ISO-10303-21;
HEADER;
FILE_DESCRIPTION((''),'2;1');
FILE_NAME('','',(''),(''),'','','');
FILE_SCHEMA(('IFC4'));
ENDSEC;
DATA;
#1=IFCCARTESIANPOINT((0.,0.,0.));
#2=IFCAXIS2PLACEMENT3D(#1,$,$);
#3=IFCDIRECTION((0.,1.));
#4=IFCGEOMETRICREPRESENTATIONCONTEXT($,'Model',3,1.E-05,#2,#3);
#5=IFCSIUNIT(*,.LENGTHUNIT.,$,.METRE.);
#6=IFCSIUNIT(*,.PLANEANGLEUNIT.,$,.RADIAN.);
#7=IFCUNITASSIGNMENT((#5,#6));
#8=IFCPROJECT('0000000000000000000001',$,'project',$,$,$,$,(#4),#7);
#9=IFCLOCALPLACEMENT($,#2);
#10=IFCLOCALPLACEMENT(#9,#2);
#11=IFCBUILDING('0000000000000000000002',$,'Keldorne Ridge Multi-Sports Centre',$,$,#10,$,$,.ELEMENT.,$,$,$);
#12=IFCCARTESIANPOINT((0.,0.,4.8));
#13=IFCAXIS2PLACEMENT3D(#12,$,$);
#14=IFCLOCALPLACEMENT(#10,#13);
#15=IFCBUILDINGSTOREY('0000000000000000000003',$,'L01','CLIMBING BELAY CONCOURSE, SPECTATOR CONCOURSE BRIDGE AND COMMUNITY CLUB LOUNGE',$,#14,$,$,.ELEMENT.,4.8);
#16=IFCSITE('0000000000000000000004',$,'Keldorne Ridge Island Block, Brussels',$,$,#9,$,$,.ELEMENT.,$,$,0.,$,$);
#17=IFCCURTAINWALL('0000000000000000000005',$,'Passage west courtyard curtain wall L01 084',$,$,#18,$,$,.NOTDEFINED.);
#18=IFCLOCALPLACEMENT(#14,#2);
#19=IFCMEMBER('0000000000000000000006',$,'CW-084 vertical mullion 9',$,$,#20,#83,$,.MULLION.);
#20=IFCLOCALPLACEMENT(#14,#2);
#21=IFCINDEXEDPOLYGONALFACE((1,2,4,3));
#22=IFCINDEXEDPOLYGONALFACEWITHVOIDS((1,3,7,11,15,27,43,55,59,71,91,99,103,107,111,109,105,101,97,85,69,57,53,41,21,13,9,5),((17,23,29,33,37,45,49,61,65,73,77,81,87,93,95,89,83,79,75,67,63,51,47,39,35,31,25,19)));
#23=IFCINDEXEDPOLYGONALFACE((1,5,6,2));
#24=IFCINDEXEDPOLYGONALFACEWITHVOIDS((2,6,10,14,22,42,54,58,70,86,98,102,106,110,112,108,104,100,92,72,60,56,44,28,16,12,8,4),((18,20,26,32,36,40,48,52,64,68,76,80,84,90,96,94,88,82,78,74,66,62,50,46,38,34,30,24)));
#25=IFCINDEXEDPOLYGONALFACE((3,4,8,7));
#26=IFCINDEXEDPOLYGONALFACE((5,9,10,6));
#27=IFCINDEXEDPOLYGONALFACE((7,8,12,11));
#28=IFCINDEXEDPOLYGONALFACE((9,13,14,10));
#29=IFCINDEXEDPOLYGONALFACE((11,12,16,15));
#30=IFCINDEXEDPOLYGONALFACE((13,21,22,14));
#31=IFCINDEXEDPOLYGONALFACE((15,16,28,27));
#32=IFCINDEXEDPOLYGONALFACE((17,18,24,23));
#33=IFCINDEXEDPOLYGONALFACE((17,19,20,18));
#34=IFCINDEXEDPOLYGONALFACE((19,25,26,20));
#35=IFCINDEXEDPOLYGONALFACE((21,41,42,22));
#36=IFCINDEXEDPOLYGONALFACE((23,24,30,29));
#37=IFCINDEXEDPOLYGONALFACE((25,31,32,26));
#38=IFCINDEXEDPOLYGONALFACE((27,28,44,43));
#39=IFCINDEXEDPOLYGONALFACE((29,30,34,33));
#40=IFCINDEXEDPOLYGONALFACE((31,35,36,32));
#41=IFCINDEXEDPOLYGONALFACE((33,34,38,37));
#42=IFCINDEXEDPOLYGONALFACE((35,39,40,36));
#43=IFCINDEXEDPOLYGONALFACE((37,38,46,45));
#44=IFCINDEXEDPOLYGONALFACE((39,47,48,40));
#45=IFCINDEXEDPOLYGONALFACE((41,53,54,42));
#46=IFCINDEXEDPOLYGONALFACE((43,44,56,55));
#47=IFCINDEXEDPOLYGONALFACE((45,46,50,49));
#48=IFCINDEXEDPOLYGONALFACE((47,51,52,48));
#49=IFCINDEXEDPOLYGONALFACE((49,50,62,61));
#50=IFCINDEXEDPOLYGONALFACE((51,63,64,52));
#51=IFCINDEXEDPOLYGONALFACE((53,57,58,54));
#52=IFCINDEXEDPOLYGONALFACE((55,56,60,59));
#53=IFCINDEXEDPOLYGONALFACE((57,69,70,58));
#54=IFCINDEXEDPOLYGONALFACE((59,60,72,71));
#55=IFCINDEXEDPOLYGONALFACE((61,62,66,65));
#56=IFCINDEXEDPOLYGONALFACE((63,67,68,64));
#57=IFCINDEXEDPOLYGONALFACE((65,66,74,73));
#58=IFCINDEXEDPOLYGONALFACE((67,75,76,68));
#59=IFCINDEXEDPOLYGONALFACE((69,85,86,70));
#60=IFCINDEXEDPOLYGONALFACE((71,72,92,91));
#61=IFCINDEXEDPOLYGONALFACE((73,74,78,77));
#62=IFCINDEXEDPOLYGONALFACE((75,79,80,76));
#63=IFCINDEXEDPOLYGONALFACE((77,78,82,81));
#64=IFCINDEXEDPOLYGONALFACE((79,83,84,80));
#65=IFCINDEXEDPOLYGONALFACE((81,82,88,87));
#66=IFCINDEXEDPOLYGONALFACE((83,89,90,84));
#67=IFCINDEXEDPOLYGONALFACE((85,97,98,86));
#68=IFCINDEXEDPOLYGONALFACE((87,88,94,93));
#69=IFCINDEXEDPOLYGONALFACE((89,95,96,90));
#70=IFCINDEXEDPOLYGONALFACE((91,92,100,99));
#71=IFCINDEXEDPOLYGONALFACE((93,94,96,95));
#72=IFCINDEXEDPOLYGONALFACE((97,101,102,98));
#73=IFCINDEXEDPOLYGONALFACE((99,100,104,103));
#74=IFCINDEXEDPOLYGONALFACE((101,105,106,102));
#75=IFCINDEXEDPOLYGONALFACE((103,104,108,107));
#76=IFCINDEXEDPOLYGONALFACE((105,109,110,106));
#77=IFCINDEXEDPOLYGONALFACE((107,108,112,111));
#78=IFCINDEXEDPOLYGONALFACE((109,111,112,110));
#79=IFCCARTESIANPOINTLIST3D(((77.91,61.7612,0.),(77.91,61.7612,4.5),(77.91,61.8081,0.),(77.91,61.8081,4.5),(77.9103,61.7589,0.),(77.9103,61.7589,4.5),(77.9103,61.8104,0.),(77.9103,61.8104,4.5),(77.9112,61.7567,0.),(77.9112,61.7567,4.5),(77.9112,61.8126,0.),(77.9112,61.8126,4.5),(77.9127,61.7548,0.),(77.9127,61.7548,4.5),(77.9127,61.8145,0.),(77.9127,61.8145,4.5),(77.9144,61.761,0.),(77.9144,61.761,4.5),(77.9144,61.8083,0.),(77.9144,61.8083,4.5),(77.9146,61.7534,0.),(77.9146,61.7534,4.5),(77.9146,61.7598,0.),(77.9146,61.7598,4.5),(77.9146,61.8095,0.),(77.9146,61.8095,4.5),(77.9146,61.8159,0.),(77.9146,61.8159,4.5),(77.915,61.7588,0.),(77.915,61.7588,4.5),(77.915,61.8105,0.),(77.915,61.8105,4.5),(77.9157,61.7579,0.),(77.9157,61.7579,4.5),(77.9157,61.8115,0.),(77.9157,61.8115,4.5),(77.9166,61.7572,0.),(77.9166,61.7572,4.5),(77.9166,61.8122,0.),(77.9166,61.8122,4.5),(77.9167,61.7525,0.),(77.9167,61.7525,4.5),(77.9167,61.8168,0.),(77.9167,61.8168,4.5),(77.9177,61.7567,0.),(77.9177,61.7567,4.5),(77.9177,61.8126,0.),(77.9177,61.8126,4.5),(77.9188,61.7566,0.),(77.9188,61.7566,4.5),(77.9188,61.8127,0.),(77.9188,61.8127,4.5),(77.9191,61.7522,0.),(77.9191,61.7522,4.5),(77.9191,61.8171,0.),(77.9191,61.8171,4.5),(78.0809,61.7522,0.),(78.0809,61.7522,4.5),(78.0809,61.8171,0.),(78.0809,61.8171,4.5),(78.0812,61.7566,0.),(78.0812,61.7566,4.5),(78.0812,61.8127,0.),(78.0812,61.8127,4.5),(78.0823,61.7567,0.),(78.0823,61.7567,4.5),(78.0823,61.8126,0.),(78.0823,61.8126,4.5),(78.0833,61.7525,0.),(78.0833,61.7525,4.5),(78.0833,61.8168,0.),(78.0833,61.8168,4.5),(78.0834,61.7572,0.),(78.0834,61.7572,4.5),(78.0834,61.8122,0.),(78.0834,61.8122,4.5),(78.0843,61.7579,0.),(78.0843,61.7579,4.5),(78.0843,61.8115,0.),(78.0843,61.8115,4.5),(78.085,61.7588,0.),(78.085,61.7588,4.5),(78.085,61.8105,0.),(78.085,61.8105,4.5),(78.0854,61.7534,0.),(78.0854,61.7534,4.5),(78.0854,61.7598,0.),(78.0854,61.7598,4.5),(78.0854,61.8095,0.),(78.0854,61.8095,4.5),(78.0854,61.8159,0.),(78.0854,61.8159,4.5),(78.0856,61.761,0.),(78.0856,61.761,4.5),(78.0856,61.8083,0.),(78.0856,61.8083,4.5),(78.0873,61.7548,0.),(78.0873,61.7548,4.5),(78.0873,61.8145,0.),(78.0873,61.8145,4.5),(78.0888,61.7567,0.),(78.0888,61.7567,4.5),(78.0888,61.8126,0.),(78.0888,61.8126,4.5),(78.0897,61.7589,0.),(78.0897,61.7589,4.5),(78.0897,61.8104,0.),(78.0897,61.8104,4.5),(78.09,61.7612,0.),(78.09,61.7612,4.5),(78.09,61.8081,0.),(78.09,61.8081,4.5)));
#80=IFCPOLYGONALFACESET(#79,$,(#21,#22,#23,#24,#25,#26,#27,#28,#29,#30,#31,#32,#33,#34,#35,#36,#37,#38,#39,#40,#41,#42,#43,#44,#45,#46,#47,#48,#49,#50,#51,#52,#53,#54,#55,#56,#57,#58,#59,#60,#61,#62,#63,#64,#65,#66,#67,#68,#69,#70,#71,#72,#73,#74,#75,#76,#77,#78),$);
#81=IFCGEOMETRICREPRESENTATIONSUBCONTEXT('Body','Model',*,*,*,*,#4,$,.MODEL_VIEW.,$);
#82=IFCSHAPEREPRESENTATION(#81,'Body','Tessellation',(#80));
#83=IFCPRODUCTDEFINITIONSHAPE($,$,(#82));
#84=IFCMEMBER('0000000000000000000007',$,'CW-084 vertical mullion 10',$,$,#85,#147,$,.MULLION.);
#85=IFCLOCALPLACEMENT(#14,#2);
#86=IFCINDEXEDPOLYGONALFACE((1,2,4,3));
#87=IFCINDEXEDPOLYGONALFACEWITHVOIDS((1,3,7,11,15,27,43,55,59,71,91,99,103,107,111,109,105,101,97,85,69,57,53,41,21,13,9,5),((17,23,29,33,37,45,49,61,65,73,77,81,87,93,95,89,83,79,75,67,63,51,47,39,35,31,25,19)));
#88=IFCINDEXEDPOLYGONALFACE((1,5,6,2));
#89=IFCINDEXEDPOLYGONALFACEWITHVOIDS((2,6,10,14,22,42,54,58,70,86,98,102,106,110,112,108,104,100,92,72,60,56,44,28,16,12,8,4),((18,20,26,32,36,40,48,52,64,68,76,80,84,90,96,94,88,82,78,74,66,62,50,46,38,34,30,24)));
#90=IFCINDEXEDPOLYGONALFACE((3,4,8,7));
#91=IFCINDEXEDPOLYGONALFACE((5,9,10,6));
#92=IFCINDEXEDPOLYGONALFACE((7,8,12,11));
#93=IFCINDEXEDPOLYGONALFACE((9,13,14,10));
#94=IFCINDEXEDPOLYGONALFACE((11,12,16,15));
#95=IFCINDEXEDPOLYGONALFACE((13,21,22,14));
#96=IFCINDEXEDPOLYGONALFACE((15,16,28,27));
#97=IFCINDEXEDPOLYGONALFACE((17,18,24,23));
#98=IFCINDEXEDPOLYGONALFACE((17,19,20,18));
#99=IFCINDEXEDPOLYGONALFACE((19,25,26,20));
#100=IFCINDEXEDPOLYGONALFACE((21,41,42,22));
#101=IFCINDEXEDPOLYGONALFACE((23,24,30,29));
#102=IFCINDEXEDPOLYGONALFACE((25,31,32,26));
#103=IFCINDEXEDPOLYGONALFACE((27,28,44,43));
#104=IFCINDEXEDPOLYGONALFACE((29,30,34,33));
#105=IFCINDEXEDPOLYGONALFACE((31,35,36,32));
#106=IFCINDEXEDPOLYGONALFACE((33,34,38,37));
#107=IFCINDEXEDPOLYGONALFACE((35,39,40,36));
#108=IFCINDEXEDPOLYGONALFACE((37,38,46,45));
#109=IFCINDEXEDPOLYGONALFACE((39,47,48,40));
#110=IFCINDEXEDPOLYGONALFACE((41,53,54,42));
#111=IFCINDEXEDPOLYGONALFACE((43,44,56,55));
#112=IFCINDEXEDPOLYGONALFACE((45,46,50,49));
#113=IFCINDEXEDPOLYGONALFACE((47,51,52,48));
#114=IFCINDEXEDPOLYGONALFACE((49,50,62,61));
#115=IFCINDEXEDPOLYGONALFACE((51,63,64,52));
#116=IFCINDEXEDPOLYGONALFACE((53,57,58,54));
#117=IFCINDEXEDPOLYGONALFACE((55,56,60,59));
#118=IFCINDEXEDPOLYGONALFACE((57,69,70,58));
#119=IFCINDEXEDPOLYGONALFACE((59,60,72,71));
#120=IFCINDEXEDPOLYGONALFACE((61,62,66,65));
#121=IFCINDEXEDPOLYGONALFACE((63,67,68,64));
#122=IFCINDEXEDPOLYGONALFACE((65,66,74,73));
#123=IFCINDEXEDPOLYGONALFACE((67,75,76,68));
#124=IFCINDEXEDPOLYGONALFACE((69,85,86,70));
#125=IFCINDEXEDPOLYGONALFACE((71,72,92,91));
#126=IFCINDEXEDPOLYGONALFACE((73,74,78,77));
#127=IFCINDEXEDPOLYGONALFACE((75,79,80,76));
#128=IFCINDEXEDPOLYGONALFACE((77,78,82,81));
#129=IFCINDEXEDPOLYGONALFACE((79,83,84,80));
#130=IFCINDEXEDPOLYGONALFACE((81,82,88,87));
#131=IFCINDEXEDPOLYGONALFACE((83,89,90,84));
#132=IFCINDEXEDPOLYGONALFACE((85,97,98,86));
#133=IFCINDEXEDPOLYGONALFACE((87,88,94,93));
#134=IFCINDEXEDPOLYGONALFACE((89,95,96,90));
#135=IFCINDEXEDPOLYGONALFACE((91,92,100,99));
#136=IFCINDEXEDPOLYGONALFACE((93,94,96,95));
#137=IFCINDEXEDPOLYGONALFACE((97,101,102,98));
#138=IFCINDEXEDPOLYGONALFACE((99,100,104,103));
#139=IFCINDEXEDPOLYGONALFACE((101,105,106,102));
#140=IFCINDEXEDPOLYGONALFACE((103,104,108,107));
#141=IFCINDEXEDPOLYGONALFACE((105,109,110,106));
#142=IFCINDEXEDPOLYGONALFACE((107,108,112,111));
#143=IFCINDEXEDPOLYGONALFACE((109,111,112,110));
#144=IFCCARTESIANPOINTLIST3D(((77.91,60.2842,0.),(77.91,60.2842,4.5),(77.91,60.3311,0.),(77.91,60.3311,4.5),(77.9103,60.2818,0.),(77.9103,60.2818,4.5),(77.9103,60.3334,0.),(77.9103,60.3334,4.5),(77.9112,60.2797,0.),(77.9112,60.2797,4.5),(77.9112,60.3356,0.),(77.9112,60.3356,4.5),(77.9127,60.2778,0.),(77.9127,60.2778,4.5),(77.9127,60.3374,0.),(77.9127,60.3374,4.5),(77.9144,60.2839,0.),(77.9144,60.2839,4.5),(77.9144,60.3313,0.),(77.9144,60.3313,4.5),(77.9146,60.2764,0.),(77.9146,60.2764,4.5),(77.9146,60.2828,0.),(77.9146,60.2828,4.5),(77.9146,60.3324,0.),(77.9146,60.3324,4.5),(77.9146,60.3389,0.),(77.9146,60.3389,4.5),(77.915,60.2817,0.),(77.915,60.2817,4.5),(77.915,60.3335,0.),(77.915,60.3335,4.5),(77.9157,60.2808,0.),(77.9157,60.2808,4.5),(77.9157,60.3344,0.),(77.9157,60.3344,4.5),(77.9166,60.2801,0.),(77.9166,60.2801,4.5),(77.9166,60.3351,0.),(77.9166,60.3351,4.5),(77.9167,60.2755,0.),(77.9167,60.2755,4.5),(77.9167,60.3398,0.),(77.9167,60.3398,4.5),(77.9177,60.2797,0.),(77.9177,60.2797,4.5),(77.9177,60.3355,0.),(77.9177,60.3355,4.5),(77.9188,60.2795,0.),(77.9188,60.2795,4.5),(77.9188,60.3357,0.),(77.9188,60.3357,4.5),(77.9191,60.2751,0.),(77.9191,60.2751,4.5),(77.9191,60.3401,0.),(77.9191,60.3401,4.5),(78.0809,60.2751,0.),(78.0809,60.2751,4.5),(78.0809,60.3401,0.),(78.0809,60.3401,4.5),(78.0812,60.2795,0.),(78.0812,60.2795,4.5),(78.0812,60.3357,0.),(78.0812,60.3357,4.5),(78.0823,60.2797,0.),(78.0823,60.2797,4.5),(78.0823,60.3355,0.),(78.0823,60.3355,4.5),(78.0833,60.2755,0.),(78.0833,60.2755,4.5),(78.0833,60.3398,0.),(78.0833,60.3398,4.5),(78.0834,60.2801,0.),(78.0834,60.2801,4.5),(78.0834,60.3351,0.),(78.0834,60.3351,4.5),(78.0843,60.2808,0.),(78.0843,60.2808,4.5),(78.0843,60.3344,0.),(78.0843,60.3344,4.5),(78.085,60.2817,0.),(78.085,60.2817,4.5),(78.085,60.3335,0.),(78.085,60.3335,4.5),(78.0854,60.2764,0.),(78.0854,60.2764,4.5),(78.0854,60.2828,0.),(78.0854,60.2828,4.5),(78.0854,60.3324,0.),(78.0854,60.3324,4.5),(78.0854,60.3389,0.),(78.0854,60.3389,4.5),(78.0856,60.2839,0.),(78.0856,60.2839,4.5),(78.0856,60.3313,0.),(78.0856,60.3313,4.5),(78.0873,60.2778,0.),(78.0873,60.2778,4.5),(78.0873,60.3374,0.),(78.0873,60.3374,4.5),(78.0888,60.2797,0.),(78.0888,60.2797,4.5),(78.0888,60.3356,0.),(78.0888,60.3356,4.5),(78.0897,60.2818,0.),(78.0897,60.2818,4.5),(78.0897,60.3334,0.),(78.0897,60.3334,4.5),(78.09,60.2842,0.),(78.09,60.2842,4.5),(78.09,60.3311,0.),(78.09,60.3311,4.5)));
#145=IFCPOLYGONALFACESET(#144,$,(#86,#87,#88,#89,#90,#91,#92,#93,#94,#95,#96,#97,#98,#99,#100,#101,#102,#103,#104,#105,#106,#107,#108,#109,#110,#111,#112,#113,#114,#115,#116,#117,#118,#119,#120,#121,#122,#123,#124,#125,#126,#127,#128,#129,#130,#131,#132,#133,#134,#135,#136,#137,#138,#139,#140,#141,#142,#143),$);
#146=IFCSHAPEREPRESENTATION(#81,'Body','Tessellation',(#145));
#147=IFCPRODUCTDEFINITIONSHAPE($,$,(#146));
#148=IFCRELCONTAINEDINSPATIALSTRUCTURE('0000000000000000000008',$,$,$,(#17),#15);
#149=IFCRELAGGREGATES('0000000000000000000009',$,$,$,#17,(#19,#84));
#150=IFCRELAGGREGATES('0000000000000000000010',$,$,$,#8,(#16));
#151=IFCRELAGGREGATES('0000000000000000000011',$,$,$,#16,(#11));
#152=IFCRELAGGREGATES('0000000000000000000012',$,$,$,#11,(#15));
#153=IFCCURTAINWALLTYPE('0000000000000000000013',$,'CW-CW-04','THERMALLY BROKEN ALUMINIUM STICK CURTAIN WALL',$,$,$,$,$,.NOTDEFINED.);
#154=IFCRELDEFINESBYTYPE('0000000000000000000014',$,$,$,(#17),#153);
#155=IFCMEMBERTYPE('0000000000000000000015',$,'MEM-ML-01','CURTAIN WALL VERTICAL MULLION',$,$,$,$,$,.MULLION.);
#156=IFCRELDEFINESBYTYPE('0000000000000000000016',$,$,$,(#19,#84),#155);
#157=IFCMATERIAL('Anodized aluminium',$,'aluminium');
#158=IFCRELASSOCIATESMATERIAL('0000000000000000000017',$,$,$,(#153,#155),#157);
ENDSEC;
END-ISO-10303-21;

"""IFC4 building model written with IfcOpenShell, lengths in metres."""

from ifc_helpers import new_model, si_unit, direction, frame, origin, origin_2d, place, context, subcontext, project, spatial, hollow_rectangle, extrude, material, material_profile, profile_set, type_object, element, aggregate, save


model = new_model("IFC4")

# Units and contexts
model_context = context("Model", 3, precision=1e-05, world=origin(), true_north=direction((0.0, 1.0)))
body_context = subcontext(model_context, "Body", "Model", "MODEL_VIEW")
ifc_project = project(units=[si_unit("LENGTHUNIT", "METRE"), si_unit("PLANEANGLEUNIT", "RADIAN")], contexts=[model_context])

# Site, building, storey
site_placement = place(None, origin())
site = spatial("IfcSite", under=ifc_project, at=site_placement, Name="Keldorne Ridge Island Block, Brussels", CompositionType="ELEMENT", RefElevation=0.0)
building_placement = place(site_placement, origin())
building = spatial("IfcBuilding", under=site, at=building_placement, Name="Keldorne Ridge Multi-Sports Centre", CompositionType="ELEMENT")
storey_placement = place(building_placement, frame((0.0, 0.0, 4.8)))
storey = spatial("IfcBuildingStorey", under=building, at=storey_placement, Name="L01", Description="CLIMBING BELAY CONCOURSE, SPECTATOR CONCOURSE BRIDGE AND COMMUNITY CLUB LOUNGE", CompositionType="ELEMENT", Elevation=4.8)

# Curtain wall, members
ifc_material_1 = material(Name="Anodized aluminium", Category="aluminium")
curtain_wall_type = type_object("IfcCurtainWallType", Name="CW-CW-04", Description="THERMALLY BROKEN ALUMINIUM STICK CURTAIN WALL", PredefinedType="NOTDEFINED", material=ifc_material_1)
curtain_wall_placement = place(storey_placement, origin())
curtain_wall = element("IfcCurtainWall", 1, at=curtain_wall_placement, inside=storey, type_object=curtain_wall_type, Name="Passage west courtyard curtain wall L01 084", PredefinedType="NOTDEFINED")
ifc_material_profile_1 = material_profile(ifc_material_1, hollow_rectangle(XDim=0.0649, YDim=0.1799, WallThickness=0.0044, InnerFilletRadius=0.0044, OuterFilletRadius=0.009, at=origin_2d()), Name="ALU MULLION 180x65x4.5")
ifc_profile_set_1 = profile_set([ifc_material_profile_1], Name="Anodized aluminium")
member_type_1 = type_object("IfcMemberType", Name="MEM-ML-01", Description="CURTAIN WALL VERTICAL MULLION", PredefinedType="MULLION", material=ifc_profile_set_1)
member_1_placement = place(storey_placement, frame((78.0, 61.7847, 0.0), z_axis=(0.0, 0.0, 1.0), x_axis=(0.0, 1.0, 0.0)))
member_1 = element("IfcMember", 2, at=member_1_placement, type_object=member_type_1, Name="CW-084 vertical mullion 9", PredefinedType="MULLION", context=body_context, shape_type="SweptSolid", body=[
    extrude(hollow_rectangle(XDim=0.0649, YDim=0.1799, WallThickness=0.0044, InnerFilletRadius=0.0044, OuterFilletRadius=0.009, at=origin_2d()), origin(), (0.0, 0.0, 1.0), 4.5),
])
member_2_placement = place(storey_placement, frame((78.0, 60.3076, 0.0), z_axis=(0.0, 0.0, 1.0), x_axis=(0.0, 1.0, 0.0)))
member_2 = element("IfcMember", 3, at=member_2_placement, type_object=member_type_1, Name="CW-084 vertical mullion 10", PredefinedType="MULLION", context=body_context, shape_type="SweptSolid", body=[
    extrude(hollow_rectangle(XDim=0.0649, YDim=0.1799, WallThickness=0.0044, InnerFilletRadius=0.0044, OuterFilletRadius=0.009, at=origin_2d()), origin(), (0.0, 0.0, 1.0), 4.5),
])
aggregate(curtain_wall, [member_1, member_2])

save(model, "model.ifc")
